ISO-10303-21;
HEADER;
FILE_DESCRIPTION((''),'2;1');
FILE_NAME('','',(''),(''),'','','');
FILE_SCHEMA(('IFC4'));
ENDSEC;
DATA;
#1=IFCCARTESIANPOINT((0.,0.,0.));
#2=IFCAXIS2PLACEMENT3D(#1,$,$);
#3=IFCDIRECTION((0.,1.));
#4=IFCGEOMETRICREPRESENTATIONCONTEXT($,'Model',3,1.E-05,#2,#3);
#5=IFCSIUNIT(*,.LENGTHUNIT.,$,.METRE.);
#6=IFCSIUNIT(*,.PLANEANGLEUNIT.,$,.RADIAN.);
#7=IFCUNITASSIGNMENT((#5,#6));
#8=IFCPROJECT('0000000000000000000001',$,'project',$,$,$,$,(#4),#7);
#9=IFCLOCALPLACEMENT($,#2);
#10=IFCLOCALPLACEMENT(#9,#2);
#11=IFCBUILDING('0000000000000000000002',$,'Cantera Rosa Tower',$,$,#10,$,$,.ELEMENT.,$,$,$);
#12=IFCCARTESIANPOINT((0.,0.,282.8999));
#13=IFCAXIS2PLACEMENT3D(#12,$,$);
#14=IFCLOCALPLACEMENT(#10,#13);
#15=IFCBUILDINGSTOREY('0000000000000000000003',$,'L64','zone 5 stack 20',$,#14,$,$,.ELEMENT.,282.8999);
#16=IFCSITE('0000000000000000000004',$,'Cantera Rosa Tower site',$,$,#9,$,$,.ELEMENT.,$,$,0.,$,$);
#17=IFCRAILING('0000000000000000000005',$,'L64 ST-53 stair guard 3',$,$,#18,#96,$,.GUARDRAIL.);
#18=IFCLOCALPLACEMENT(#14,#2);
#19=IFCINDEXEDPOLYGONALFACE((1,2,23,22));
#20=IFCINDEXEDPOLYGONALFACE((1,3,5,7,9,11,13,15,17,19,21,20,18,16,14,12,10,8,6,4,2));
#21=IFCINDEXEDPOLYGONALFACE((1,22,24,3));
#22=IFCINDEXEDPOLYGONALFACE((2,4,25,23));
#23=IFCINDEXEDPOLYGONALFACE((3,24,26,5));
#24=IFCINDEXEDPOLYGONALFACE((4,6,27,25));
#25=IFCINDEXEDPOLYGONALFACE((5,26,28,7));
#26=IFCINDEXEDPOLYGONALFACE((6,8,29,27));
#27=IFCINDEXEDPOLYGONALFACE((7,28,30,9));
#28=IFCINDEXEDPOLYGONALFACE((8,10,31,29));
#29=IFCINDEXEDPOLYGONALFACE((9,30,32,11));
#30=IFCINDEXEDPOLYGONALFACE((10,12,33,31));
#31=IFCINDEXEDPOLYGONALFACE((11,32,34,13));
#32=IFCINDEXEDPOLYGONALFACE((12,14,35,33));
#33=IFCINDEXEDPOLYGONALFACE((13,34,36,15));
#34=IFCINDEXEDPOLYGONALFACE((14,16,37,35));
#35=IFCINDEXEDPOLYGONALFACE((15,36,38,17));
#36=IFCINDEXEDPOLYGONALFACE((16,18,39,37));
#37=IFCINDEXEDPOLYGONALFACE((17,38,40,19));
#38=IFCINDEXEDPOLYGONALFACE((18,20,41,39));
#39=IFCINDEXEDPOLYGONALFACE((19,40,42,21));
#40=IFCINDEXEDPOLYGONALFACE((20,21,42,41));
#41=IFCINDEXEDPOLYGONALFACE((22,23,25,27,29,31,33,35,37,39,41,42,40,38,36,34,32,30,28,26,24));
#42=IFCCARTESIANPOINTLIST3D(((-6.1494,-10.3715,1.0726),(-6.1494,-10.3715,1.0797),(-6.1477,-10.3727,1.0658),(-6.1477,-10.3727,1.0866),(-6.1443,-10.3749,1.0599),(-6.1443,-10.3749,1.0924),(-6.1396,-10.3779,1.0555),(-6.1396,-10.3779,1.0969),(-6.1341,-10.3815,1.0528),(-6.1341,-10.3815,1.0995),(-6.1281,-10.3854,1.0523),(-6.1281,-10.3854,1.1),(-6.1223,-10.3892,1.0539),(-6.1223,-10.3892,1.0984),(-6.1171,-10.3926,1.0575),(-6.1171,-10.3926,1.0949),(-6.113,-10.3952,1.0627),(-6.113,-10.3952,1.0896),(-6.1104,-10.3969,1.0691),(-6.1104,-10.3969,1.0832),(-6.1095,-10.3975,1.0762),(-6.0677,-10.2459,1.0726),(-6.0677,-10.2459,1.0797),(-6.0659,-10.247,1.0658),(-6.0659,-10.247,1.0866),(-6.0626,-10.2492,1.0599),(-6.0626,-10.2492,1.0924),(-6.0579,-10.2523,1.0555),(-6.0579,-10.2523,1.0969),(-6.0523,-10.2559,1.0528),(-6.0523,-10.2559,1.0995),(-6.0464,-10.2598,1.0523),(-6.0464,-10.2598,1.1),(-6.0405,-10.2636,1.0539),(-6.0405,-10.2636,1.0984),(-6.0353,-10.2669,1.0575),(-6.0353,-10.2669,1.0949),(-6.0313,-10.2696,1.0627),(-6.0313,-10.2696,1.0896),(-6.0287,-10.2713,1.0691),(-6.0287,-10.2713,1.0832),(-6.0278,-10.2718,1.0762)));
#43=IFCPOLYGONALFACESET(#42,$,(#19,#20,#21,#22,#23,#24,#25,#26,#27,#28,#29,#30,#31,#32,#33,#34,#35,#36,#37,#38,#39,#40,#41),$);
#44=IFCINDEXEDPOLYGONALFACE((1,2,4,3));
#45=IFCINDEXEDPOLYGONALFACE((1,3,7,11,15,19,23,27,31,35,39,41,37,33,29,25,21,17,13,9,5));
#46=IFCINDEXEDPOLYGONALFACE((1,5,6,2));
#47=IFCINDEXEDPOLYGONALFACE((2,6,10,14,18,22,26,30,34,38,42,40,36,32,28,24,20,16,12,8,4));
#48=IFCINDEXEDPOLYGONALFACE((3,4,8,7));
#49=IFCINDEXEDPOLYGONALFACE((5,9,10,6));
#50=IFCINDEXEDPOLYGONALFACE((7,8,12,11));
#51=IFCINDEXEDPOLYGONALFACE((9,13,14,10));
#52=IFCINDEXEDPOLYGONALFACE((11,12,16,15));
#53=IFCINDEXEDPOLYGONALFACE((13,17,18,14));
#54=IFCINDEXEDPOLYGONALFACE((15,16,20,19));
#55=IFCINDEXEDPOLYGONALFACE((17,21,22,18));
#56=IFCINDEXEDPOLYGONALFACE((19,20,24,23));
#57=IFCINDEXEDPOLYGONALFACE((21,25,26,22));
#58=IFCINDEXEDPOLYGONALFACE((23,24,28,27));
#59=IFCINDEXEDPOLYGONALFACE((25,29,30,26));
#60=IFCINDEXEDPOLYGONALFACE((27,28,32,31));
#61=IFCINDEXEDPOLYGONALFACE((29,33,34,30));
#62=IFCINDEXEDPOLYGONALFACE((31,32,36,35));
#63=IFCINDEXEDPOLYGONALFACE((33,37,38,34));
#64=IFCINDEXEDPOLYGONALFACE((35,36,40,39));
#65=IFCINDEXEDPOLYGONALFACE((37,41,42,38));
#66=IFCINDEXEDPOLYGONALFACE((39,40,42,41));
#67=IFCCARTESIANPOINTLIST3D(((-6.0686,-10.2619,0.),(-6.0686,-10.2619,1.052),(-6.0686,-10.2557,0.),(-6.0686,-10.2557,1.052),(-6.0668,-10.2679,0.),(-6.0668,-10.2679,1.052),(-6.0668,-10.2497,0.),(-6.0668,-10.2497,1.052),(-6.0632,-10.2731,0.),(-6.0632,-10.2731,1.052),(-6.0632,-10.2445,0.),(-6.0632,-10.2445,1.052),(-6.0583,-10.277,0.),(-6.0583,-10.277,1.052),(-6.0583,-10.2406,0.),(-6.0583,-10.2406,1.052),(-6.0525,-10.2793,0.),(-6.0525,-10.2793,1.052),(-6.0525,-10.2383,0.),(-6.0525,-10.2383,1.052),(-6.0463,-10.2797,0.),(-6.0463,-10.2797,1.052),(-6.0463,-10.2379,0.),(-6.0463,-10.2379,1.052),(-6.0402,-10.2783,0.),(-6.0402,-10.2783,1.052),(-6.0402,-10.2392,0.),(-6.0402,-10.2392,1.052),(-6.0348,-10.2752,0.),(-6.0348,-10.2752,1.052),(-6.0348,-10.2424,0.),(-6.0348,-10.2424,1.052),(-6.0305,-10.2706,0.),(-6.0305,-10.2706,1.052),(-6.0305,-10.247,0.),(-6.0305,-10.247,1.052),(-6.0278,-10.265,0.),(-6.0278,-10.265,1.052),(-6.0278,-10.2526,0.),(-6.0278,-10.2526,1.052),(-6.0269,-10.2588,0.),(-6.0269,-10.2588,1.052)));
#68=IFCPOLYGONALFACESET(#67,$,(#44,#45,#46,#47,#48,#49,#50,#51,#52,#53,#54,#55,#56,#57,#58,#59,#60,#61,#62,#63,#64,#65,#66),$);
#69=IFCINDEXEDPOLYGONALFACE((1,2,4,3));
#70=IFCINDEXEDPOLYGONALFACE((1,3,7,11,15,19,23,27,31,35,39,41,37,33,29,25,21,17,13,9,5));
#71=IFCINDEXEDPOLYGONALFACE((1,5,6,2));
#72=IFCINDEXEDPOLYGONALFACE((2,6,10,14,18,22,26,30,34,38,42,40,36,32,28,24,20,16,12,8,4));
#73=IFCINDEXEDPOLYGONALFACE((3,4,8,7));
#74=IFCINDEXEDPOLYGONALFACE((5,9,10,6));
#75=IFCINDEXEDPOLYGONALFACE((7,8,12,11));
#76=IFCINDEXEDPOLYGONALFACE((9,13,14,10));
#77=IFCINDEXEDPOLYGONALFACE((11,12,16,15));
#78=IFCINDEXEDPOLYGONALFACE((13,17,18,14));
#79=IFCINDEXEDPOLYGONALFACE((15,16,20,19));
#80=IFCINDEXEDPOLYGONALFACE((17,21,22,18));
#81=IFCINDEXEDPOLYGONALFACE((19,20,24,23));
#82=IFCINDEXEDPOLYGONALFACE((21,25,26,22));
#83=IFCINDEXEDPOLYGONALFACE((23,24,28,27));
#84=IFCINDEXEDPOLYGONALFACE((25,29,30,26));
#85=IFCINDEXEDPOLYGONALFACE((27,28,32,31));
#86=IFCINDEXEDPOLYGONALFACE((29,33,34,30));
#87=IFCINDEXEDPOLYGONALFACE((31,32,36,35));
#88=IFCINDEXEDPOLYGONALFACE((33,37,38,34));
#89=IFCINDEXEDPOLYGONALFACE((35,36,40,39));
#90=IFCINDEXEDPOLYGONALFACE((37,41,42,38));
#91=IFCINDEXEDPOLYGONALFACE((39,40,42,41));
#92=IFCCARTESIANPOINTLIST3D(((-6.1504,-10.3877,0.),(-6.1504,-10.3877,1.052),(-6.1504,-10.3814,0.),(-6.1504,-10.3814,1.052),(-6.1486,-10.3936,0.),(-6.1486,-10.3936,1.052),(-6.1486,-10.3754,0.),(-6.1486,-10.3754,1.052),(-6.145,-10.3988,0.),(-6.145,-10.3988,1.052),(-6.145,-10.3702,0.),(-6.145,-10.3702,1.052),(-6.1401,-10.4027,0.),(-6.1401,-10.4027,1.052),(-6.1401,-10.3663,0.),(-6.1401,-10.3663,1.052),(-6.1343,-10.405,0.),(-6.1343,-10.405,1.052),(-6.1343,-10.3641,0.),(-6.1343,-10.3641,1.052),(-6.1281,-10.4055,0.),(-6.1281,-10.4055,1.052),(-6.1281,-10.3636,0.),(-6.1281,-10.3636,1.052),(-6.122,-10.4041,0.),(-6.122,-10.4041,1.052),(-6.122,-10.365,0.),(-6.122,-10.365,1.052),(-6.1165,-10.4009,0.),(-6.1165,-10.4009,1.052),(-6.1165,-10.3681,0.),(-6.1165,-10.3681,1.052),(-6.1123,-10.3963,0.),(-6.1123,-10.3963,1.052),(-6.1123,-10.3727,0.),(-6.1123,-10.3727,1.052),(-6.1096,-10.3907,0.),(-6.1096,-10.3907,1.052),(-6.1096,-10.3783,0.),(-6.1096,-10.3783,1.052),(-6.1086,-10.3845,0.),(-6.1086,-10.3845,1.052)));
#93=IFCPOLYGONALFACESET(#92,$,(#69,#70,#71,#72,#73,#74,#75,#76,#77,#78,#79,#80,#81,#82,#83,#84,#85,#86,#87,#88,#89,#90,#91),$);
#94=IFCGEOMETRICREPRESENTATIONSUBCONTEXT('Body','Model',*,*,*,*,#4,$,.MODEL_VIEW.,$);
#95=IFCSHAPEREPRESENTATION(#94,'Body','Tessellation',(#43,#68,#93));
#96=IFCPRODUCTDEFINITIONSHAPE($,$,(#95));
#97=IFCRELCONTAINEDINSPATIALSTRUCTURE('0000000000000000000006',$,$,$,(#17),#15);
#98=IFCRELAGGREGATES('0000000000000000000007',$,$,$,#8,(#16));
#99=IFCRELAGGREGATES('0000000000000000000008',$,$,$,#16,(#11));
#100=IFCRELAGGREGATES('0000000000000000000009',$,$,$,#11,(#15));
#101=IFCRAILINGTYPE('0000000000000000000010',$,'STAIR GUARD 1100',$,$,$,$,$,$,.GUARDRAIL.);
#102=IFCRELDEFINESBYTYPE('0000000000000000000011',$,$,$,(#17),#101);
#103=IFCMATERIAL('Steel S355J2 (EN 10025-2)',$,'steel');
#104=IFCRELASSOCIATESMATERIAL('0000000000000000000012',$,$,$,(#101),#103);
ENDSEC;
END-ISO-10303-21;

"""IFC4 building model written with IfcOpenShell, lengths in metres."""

from ifc_helpers import new_model, si_unit, direction, frame, origin, origin_2d, place, context, subcontext, project, spatial, circle, extrude, material, type_object, element, save


model = new_model("IFC4")

# Units and contexts
model_context = context("Model", 3, precision=1e-05, world=origin(), true_north=direction((0.0, 1.0)))
body_context = subcontext(model_context, "Body", "Model", "MODEL_VIEW")
ifc_project = project(units=[si_unit("LENGTHUNIT", "METRE"), si_unit("PLANEANGLEUNIT", "RADIAN")], contexts=[model_context])

# Site, building, storey
site_placement = place(None, origin())
site = spatial("IfcSite", under=ifc_project, at=site_placement, Name="Cantera Rosa Tower site", CompositionType="ELEMENT", RefElevation=0.0)
building_placement = place(site_placement, origin())
building = spatial("IfcBuilding", under=site, at=building_placement, Name="Cantera Rosa Tower", CompositionType="ELEMENT")
storey_placement = place(building_placement, frame((0.0, 0.0, 282.8999)))
storey = spatial("IfcBuildingStorey", under=building, at=storey_placement, Name="L64", Description="zone 5 stack 20", CompositionType="ELEMENT", Elevation=282.8999)

# Railing
ifc_material_1 = material(Name="Steel S355J2 (EN 10025-2)", Category="steel")
railing_type_1 = type_object("IfcRailingType", Name="STAIR GUARD 1100", PredefinedType="GUARDRAIL", material=ifc_material_1)
railing_1_placement = place(storey_placement, frame((-6.0479, -10.2588, 0.0)))
element("IfcRailing", 1, at=railing_1_placement, inside=storey, type_object=railing_type_1, Name="L64 ST-53 stair guard 3", PredefinedType="GUARDRAIL", context=body_context, shape_type="SweptSolid", body=[
    extrude(circle(Radius=0.0239, at=origin_2d()), frame((0.0, 0.0, 1.0762), z_axis=(-0.545274, -0.838258, 0.0), x_axis=(0.838258, -0.545274, 0.0)), (0.0, 0.0, 1.0), 0.1499),
    extrude(circle(Radius=0.021, at=origin_2d()), origin(), (0.0, 0.0, 1.0), 1.052),
    extrude(circle(Radius=0.021, at=origin_2d()), frame((-0.0818, -0.1257, 0.0)), (0.0, 0.0, 1.0), 1.052),
])

save(model, "model.ifc")
